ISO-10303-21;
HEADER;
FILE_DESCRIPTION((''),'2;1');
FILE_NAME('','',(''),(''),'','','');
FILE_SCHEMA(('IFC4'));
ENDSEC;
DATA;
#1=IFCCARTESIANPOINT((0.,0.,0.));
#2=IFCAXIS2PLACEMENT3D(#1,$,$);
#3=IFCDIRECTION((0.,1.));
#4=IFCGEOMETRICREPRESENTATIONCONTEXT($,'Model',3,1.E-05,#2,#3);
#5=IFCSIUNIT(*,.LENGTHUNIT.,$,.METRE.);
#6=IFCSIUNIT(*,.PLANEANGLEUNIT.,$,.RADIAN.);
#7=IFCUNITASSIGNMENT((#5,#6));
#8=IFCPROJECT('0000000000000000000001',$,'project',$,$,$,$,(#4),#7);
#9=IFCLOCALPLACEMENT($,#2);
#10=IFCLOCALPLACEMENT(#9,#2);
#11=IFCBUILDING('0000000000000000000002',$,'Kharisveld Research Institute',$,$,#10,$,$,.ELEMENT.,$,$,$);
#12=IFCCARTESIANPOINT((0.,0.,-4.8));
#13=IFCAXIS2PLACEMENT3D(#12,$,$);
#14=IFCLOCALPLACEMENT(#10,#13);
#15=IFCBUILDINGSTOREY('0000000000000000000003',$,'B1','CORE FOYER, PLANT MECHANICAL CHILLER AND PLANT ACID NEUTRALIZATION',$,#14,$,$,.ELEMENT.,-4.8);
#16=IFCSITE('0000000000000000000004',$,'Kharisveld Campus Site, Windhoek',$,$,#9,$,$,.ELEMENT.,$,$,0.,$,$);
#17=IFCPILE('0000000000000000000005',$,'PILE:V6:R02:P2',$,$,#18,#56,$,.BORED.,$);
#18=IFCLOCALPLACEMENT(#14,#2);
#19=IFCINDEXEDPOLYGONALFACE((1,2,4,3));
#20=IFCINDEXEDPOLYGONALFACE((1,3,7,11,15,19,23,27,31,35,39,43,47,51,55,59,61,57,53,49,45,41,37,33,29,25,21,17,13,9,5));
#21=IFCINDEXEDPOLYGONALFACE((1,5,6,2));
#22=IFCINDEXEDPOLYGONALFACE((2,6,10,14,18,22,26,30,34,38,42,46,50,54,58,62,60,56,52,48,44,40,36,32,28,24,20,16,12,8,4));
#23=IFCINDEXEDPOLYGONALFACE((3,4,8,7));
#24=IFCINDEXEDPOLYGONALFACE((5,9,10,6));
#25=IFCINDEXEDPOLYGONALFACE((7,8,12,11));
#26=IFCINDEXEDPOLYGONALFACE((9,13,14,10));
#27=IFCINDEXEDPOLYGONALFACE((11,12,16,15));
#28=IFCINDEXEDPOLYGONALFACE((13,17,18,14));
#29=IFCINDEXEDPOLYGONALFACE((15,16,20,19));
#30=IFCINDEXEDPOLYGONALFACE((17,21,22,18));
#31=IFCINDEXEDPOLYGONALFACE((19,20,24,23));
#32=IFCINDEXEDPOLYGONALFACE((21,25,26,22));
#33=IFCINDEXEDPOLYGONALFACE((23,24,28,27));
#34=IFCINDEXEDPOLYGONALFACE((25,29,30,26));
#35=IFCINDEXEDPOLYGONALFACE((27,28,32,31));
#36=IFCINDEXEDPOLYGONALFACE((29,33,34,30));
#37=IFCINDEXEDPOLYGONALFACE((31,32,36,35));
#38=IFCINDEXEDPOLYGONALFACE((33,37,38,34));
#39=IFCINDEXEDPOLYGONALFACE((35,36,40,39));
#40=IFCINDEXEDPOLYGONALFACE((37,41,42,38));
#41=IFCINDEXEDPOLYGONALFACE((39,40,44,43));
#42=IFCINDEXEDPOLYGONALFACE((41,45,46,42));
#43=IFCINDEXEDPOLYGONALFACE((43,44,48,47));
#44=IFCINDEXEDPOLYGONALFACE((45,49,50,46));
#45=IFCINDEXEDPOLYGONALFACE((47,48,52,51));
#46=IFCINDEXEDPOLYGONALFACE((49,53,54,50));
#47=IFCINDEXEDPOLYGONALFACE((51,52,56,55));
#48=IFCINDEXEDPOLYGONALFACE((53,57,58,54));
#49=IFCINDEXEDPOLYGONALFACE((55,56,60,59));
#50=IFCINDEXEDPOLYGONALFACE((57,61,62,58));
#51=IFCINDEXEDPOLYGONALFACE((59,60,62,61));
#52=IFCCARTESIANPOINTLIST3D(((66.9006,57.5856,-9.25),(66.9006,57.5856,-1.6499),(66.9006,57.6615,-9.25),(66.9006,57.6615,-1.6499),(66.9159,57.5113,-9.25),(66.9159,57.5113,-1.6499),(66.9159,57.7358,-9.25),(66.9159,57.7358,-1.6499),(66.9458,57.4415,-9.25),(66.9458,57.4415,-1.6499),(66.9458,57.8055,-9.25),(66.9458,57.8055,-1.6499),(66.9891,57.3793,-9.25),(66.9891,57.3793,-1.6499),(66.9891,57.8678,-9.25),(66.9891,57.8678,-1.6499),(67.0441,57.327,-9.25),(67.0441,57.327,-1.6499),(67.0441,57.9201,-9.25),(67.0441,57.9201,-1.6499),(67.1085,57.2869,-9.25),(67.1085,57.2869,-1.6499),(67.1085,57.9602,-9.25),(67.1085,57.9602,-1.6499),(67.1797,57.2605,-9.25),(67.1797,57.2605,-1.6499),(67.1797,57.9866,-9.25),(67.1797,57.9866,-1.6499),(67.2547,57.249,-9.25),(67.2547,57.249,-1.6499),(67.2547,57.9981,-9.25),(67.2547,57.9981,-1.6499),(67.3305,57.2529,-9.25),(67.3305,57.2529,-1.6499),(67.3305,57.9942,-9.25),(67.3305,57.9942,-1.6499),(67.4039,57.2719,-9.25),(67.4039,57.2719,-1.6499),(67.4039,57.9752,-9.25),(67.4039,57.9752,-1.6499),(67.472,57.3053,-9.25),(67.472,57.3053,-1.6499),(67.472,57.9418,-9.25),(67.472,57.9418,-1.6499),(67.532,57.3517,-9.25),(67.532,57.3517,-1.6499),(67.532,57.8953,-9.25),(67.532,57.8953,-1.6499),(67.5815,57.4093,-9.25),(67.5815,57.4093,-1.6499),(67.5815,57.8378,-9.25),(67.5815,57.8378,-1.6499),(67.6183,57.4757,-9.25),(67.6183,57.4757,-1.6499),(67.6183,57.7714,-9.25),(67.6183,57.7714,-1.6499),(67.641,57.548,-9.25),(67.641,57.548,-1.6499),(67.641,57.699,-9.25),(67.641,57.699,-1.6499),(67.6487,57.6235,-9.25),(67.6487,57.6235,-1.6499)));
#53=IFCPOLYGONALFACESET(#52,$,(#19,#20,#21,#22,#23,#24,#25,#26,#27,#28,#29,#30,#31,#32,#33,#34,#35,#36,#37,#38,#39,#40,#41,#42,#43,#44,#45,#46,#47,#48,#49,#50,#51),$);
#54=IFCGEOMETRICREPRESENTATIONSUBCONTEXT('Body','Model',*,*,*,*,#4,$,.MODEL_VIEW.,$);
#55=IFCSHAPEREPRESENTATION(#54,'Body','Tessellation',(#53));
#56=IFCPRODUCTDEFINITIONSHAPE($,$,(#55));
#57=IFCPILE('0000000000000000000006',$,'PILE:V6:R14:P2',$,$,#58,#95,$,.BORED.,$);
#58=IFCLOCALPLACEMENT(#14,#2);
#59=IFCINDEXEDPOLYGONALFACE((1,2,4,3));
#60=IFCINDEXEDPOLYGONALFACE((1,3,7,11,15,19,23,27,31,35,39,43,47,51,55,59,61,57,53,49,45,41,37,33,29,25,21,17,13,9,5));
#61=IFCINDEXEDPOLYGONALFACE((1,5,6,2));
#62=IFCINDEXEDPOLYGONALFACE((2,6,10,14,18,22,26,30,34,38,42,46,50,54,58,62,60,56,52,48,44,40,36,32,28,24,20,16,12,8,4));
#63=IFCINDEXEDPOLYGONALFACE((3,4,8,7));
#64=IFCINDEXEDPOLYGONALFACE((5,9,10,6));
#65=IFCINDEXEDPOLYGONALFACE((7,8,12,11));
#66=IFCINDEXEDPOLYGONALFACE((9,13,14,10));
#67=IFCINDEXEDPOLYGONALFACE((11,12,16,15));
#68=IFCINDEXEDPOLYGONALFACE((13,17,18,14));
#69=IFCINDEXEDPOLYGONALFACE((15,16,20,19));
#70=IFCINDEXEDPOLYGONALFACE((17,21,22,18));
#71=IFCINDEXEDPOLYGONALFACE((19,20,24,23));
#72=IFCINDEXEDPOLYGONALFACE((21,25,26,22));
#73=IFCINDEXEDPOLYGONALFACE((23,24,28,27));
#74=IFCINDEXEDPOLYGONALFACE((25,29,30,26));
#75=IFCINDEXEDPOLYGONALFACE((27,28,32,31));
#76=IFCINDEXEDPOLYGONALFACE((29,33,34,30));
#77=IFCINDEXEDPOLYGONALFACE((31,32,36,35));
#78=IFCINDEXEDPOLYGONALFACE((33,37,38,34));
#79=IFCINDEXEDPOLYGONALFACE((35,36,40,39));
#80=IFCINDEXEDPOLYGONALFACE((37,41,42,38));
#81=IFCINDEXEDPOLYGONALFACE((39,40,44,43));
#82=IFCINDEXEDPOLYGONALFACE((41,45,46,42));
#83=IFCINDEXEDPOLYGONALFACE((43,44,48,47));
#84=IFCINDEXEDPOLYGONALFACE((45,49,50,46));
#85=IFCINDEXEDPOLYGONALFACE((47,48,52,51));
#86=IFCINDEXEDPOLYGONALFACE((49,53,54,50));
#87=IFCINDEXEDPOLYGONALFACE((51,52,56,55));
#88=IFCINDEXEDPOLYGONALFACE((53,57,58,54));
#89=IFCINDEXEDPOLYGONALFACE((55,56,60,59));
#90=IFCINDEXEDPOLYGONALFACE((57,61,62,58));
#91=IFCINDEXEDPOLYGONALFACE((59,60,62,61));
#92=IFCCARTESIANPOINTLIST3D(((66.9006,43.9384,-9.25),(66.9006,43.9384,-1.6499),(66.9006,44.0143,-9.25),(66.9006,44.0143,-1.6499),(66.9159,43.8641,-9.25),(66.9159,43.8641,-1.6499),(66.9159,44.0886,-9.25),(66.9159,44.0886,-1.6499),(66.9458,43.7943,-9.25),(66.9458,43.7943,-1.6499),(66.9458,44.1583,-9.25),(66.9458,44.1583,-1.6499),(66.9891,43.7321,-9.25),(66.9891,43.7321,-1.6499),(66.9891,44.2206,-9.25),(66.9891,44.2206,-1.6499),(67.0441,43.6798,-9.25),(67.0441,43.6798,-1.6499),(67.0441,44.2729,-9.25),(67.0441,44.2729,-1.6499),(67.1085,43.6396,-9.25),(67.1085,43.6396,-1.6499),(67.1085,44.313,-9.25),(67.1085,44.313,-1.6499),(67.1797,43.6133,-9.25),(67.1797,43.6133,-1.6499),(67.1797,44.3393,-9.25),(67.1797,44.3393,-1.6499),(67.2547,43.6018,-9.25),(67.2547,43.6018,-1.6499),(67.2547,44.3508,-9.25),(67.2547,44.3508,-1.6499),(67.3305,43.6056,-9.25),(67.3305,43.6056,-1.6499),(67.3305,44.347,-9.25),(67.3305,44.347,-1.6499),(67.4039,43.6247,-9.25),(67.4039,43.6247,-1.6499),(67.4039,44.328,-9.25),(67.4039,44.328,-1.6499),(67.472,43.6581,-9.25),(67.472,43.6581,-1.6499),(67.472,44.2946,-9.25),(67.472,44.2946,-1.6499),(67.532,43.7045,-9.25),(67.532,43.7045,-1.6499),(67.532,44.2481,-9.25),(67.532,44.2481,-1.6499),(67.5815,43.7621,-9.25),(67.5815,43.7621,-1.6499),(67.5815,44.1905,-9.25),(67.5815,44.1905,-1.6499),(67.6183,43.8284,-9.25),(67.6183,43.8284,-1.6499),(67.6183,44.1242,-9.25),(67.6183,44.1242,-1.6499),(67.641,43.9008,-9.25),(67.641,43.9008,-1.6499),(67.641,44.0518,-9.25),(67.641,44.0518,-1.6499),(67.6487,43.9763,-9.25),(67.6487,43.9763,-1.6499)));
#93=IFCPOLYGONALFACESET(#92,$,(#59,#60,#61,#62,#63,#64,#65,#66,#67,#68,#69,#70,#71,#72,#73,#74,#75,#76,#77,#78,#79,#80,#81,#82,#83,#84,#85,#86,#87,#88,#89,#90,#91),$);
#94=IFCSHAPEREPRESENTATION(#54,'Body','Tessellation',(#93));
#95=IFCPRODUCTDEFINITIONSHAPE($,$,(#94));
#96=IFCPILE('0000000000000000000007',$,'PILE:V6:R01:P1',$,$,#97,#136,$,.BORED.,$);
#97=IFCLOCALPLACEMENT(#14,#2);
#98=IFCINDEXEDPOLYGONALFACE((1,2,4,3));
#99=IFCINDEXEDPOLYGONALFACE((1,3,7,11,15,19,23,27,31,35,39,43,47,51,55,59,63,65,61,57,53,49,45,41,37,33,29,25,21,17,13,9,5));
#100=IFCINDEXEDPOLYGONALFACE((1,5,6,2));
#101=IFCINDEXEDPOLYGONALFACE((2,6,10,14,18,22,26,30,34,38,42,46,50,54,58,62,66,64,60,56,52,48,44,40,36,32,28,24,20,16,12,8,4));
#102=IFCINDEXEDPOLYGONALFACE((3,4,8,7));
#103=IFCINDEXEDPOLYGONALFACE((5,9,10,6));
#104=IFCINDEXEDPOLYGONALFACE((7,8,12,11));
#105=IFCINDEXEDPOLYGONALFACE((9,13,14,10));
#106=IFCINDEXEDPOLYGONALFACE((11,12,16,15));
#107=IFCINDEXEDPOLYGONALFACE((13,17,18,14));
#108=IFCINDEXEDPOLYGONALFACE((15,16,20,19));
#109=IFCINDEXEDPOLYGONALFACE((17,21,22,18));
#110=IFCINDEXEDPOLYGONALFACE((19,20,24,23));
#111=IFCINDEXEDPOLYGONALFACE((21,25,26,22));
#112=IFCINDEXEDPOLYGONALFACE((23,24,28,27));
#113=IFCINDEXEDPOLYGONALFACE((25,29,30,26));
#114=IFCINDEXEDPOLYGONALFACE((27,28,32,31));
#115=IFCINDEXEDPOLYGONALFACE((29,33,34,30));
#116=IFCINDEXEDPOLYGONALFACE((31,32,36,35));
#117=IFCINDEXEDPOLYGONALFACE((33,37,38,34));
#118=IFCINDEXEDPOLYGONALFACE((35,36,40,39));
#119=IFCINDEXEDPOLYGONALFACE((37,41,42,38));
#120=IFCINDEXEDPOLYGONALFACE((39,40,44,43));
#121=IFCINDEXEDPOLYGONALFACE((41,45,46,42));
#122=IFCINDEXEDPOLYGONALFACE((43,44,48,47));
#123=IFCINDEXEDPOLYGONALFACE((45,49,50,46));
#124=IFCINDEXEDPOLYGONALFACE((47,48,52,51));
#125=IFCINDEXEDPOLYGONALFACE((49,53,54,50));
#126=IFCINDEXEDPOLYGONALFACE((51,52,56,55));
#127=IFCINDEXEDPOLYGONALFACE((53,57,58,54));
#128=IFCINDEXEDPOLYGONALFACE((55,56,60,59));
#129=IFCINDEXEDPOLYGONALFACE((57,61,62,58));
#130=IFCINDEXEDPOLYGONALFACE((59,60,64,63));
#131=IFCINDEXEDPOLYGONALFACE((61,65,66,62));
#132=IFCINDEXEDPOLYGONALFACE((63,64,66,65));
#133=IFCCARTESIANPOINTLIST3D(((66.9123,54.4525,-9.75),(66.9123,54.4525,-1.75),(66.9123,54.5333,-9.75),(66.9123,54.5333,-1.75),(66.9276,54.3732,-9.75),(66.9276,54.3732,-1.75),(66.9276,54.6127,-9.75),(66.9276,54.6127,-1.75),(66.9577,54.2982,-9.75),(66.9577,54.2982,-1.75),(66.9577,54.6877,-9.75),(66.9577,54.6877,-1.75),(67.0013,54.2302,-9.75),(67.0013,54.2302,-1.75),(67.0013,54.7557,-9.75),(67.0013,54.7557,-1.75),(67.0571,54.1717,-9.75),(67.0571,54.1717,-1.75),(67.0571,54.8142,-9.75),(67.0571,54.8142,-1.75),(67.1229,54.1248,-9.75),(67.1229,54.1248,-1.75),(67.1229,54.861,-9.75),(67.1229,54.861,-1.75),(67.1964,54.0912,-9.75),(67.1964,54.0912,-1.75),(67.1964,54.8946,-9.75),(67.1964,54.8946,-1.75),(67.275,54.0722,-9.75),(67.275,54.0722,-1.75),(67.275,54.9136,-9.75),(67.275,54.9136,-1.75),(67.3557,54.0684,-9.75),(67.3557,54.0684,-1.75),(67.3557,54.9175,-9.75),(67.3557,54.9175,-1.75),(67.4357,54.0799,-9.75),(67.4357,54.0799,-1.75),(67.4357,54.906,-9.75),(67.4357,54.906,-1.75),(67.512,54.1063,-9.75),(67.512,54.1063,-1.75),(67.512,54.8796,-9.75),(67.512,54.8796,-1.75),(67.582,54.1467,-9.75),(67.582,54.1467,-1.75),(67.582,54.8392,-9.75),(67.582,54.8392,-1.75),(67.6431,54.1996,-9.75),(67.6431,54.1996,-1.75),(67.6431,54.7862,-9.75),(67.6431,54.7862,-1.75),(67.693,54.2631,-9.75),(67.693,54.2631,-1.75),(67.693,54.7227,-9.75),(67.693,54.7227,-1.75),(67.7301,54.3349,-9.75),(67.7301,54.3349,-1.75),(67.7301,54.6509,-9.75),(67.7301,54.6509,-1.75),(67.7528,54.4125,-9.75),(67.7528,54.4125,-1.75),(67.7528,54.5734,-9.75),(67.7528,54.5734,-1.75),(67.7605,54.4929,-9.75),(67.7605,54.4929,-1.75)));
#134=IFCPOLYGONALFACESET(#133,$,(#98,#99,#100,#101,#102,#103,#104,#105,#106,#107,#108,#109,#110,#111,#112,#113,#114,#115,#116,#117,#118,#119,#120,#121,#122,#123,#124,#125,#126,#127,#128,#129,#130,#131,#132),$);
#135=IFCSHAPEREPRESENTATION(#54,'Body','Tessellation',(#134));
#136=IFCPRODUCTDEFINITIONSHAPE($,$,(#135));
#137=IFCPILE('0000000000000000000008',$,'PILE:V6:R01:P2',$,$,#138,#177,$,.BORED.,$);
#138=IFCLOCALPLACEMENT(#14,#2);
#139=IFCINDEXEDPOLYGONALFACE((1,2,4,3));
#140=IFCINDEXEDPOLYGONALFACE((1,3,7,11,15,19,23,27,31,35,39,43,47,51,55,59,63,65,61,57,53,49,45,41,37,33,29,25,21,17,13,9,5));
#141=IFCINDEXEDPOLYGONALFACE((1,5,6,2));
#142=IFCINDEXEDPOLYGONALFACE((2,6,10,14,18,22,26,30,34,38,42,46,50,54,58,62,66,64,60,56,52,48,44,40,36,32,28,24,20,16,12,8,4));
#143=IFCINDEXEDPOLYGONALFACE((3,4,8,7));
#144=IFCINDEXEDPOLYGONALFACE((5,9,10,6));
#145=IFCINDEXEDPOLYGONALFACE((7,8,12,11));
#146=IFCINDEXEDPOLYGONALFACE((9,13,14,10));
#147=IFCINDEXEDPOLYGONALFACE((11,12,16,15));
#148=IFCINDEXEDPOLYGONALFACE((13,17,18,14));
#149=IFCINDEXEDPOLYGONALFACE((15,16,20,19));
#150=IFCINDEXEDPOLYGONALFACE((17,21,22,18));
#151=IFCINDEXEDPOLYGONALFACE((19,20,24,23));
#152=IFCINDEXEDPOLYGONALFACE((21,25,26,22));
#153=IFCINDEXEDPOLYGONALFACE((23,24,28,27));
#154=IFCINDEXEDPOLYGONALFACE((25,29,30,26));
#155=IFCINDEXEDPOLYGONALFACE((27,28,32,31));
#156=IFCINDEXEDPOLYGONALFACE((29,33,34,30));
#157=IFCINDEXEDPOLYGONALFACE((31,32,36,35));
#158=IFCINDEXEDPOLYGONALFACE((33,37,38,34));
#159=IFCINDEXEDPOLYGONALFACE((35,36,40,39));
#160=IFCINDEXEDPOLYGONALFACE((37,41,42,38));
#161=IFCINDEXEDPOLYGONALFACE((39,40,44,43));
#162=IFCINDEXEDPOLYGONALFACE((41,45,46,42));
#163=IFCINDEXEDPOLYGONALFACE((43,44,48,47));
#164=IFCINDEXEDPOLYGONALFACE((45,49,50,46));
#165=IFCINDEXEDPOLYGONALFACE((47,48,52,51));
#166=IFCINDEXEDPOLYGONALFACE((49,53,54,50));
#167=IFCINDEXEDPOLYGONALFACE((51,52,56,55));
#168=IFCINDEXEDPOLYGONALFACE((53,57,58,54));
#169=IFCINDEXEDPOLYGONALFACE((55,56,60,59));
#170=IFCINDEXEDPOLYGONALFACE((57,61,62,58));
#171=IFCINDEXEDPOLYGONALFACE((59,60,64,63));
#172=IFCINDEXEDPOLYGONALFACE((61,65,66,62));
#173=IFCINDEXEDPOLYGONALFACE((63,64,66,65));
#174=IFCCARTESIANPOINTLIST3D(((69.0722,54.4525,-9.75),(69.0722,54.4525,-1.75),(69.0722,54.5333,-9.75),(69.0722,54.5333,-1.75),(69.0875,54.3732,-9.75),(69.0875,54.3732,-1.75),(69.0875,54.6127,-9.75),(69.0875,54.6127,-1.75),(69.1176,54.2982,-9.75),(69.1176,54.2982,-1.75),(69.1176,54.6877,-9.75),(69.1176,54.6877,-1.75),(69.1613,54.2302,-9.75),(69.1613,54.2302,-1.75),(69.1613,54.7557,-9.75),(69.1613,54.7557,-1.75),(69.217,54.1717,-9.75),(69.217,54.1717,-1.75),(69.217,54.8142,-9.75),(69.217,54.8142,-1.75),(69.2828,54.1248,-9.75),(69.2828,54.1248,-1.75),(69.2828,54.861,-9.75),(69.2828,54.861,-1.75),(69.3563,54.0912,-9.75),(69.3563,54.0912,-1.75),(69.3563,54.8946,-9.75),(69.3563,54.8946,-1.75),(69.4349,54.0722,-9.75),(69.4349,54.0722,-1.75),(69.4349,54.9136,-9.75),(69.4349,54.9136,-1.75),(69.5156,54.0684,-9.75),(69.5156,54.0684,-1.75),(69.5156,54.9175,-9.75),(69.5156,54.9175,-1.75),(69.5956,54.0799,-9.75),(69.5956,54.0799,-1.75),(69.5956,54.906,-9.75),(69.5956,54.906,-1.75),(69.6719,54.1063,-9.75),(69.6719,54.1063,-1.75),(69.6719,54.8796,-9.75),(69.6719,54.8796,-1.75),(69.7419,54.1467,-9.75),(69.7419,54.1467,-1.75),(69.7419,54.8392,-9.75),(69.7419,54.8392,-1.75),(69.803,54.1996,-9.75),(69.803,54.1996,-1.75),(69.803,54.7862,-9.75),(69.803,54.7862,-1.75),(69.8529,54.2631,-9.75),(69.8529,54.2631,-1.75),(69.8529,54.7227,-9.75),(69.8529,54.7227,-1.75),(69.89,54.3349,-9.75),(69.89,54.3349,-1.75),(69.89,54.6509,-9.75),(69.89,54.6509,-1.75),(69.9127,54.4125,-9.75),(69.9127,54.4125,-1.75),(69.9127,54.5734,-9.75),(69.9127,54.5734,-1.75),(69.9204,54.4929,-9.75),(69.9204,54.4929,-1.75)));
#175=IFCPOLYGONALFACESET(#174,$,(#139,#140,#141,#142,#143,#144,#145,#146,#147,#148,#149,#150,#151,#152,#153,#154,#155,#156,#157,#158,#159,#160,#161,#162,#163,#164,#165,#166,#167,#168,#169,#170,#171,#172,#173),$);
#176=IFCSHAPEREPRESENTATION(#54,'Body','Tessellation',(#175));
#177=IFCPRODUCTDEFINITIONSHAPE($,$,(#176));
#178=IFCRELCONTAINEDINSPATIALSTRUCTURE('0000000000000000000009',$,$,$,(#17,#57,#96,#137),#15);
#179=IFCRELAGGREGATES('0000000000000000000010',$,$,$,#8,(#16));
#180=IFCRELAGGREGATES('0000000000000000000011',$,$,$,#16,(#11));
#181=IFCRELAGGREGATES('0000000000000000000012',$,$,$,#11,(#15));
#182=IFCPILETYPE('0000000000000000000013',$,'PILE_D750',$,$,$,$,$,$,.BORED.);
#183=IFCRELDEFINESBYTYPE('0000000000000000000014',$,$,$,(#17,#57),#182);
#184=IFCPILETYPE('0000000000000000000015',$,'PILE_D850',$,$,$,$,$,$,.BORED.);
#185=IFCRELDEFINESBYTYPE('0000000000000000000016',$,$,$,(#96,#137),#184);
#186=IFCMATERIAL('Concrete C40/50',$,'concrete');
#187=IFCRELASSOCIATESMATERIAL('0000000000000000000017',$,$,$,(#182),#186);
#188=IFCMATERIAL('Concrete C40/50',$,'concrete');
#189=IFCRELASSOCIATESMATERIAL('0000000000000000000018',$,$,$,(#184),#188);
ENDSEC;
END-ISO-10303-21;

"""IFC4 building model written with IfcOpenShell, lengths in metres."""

from ifc_helpers import new_model, si_unit, direction, frame, origin, origin_2d, place, context, subcontext, project, spatial, circle, extrude, material, material_profile, profile_set, type_object, element, save


model = new_model("IFC4")

# Units and contexts
model_context = context("Model", 3, precision=1e-05, world=origin(), true_north=direction((0.0, 1.0)))
body_context = subcontext(model_context, "Body", "Model", "MODEL_VIEW")
ifc_project = project(units=[si_unit("LENGTHUNIT", "METRE"), si_unit("PLANEANGLEUNIT", "RADIAN")], contexts=[model_context])

# Site, building, storey
site_placement = place(None, origin())
site = spatial("IfcSite", under=ifc_project, at=site_placement, Name="Kharisveld Campus Site, Windhoek", CompositionType="ELEMENT", RefElevation=0.0)
building_placement = place(site_placement, origin())
building = spatial("IfcBuilding", under=site, at=building_placement, Name="Kharisveld Research Institute", CompositionType="ELEMENT")
storey_placement = place(building_placement, frame((0.0, 0.0, -4.8)))
storey = spatial("IfcBuildingStorey", under=building, at=storey_placement, Name="B1", Description="CORE FOYER, PLANT MECHANICAL CHILLER AND PLANT ACID NEUTRALIZATION", CompositionType="ELEMENT", Elevation=-4.8)

# Piles
ifc_material_1 = material(Name="Concrete C40/50", Category="concrete")
ifc_material_profile_1 = material_profile(ifc_material_1, circle(Radius=0.375, at=origin_2d()))
ifc_profile_set_1 = profile_set([ifc_material_profile_1], Name="Concrete C40/50")
pile_type_1 = type_object("IfcPileType", Name="PILE_D750", PredefinedType="BORED", material=ifc_profile_set_1)
for number, where, z_axis, x_axis, name in (
    (1, (67.2737, 57.6235, -1.6499), (0.0, 0.0, -1.0), (1.0, 0.0, 0.0), "PILE:V6:R02:P2"),
    (2, (67.2737, 43.9763, -1.6499), (0.0, 0.0, -1.0), (1.0, 0.0, 0.0), "PILE:V6:R14:P2"),
):
    element("IfcPile", number, at=place(storey_placement, frame(where, z_axis=z_axis, x_axis=x_axis)), inside=storey, type_object=pile_type_1, Name=name, PredefinedType="BORED", context=body_context, shape_type="SweptSolid", body=[
        extrude(circle(Radius=0.375, at=origin_2d()), origin(), (0.0, 0.0, 1.0), 7.6001),
    ])
ifc_material_2 = material(Name="Concrete C40/50", Category="concrete")
ifc_material_profile_2 = material_profile(ifc_material_2, circle(Radius=0.425, at=origin_2d()))
ifc_profile_set_2 = profile_set([ifc_material_profile_2], Name="Concrete C40/50")
pile_type_2 = type_object("IfcPileType", Name="PILE_D850", PredefinedType="BORED", material=ifc_profile_set_2)
for number, where, z_axis, x_axis, name in (
    (3, (67.3354, 54.4929, -1.75), (0.0, 0.0, -1.0), (1.0, 0.0, 0.0), "PILE:V6:R01:P1"),
    (4, (69.4954, 54.4929, -1.75), (0.0, 0.0, -1.0), (1.0, 0.0, 0.0), "PILE:V6:R01:P2"),
):
    element("IfcPile", number, at=place(storey_placement, frame(where, z_axis=z_axis, x_axis=x_axis)), inside=storey, type_object=pile_type_2, Name=name, PredefinedType="BORED", context=body_context, shape_type="SweptSolid", body=[
        extrude(circle(Radius=0.425, at=origin_2d()), origin(), (0.0, 0.0, 1.0), 8.0),
    ])

save(model, "model.ifc")
